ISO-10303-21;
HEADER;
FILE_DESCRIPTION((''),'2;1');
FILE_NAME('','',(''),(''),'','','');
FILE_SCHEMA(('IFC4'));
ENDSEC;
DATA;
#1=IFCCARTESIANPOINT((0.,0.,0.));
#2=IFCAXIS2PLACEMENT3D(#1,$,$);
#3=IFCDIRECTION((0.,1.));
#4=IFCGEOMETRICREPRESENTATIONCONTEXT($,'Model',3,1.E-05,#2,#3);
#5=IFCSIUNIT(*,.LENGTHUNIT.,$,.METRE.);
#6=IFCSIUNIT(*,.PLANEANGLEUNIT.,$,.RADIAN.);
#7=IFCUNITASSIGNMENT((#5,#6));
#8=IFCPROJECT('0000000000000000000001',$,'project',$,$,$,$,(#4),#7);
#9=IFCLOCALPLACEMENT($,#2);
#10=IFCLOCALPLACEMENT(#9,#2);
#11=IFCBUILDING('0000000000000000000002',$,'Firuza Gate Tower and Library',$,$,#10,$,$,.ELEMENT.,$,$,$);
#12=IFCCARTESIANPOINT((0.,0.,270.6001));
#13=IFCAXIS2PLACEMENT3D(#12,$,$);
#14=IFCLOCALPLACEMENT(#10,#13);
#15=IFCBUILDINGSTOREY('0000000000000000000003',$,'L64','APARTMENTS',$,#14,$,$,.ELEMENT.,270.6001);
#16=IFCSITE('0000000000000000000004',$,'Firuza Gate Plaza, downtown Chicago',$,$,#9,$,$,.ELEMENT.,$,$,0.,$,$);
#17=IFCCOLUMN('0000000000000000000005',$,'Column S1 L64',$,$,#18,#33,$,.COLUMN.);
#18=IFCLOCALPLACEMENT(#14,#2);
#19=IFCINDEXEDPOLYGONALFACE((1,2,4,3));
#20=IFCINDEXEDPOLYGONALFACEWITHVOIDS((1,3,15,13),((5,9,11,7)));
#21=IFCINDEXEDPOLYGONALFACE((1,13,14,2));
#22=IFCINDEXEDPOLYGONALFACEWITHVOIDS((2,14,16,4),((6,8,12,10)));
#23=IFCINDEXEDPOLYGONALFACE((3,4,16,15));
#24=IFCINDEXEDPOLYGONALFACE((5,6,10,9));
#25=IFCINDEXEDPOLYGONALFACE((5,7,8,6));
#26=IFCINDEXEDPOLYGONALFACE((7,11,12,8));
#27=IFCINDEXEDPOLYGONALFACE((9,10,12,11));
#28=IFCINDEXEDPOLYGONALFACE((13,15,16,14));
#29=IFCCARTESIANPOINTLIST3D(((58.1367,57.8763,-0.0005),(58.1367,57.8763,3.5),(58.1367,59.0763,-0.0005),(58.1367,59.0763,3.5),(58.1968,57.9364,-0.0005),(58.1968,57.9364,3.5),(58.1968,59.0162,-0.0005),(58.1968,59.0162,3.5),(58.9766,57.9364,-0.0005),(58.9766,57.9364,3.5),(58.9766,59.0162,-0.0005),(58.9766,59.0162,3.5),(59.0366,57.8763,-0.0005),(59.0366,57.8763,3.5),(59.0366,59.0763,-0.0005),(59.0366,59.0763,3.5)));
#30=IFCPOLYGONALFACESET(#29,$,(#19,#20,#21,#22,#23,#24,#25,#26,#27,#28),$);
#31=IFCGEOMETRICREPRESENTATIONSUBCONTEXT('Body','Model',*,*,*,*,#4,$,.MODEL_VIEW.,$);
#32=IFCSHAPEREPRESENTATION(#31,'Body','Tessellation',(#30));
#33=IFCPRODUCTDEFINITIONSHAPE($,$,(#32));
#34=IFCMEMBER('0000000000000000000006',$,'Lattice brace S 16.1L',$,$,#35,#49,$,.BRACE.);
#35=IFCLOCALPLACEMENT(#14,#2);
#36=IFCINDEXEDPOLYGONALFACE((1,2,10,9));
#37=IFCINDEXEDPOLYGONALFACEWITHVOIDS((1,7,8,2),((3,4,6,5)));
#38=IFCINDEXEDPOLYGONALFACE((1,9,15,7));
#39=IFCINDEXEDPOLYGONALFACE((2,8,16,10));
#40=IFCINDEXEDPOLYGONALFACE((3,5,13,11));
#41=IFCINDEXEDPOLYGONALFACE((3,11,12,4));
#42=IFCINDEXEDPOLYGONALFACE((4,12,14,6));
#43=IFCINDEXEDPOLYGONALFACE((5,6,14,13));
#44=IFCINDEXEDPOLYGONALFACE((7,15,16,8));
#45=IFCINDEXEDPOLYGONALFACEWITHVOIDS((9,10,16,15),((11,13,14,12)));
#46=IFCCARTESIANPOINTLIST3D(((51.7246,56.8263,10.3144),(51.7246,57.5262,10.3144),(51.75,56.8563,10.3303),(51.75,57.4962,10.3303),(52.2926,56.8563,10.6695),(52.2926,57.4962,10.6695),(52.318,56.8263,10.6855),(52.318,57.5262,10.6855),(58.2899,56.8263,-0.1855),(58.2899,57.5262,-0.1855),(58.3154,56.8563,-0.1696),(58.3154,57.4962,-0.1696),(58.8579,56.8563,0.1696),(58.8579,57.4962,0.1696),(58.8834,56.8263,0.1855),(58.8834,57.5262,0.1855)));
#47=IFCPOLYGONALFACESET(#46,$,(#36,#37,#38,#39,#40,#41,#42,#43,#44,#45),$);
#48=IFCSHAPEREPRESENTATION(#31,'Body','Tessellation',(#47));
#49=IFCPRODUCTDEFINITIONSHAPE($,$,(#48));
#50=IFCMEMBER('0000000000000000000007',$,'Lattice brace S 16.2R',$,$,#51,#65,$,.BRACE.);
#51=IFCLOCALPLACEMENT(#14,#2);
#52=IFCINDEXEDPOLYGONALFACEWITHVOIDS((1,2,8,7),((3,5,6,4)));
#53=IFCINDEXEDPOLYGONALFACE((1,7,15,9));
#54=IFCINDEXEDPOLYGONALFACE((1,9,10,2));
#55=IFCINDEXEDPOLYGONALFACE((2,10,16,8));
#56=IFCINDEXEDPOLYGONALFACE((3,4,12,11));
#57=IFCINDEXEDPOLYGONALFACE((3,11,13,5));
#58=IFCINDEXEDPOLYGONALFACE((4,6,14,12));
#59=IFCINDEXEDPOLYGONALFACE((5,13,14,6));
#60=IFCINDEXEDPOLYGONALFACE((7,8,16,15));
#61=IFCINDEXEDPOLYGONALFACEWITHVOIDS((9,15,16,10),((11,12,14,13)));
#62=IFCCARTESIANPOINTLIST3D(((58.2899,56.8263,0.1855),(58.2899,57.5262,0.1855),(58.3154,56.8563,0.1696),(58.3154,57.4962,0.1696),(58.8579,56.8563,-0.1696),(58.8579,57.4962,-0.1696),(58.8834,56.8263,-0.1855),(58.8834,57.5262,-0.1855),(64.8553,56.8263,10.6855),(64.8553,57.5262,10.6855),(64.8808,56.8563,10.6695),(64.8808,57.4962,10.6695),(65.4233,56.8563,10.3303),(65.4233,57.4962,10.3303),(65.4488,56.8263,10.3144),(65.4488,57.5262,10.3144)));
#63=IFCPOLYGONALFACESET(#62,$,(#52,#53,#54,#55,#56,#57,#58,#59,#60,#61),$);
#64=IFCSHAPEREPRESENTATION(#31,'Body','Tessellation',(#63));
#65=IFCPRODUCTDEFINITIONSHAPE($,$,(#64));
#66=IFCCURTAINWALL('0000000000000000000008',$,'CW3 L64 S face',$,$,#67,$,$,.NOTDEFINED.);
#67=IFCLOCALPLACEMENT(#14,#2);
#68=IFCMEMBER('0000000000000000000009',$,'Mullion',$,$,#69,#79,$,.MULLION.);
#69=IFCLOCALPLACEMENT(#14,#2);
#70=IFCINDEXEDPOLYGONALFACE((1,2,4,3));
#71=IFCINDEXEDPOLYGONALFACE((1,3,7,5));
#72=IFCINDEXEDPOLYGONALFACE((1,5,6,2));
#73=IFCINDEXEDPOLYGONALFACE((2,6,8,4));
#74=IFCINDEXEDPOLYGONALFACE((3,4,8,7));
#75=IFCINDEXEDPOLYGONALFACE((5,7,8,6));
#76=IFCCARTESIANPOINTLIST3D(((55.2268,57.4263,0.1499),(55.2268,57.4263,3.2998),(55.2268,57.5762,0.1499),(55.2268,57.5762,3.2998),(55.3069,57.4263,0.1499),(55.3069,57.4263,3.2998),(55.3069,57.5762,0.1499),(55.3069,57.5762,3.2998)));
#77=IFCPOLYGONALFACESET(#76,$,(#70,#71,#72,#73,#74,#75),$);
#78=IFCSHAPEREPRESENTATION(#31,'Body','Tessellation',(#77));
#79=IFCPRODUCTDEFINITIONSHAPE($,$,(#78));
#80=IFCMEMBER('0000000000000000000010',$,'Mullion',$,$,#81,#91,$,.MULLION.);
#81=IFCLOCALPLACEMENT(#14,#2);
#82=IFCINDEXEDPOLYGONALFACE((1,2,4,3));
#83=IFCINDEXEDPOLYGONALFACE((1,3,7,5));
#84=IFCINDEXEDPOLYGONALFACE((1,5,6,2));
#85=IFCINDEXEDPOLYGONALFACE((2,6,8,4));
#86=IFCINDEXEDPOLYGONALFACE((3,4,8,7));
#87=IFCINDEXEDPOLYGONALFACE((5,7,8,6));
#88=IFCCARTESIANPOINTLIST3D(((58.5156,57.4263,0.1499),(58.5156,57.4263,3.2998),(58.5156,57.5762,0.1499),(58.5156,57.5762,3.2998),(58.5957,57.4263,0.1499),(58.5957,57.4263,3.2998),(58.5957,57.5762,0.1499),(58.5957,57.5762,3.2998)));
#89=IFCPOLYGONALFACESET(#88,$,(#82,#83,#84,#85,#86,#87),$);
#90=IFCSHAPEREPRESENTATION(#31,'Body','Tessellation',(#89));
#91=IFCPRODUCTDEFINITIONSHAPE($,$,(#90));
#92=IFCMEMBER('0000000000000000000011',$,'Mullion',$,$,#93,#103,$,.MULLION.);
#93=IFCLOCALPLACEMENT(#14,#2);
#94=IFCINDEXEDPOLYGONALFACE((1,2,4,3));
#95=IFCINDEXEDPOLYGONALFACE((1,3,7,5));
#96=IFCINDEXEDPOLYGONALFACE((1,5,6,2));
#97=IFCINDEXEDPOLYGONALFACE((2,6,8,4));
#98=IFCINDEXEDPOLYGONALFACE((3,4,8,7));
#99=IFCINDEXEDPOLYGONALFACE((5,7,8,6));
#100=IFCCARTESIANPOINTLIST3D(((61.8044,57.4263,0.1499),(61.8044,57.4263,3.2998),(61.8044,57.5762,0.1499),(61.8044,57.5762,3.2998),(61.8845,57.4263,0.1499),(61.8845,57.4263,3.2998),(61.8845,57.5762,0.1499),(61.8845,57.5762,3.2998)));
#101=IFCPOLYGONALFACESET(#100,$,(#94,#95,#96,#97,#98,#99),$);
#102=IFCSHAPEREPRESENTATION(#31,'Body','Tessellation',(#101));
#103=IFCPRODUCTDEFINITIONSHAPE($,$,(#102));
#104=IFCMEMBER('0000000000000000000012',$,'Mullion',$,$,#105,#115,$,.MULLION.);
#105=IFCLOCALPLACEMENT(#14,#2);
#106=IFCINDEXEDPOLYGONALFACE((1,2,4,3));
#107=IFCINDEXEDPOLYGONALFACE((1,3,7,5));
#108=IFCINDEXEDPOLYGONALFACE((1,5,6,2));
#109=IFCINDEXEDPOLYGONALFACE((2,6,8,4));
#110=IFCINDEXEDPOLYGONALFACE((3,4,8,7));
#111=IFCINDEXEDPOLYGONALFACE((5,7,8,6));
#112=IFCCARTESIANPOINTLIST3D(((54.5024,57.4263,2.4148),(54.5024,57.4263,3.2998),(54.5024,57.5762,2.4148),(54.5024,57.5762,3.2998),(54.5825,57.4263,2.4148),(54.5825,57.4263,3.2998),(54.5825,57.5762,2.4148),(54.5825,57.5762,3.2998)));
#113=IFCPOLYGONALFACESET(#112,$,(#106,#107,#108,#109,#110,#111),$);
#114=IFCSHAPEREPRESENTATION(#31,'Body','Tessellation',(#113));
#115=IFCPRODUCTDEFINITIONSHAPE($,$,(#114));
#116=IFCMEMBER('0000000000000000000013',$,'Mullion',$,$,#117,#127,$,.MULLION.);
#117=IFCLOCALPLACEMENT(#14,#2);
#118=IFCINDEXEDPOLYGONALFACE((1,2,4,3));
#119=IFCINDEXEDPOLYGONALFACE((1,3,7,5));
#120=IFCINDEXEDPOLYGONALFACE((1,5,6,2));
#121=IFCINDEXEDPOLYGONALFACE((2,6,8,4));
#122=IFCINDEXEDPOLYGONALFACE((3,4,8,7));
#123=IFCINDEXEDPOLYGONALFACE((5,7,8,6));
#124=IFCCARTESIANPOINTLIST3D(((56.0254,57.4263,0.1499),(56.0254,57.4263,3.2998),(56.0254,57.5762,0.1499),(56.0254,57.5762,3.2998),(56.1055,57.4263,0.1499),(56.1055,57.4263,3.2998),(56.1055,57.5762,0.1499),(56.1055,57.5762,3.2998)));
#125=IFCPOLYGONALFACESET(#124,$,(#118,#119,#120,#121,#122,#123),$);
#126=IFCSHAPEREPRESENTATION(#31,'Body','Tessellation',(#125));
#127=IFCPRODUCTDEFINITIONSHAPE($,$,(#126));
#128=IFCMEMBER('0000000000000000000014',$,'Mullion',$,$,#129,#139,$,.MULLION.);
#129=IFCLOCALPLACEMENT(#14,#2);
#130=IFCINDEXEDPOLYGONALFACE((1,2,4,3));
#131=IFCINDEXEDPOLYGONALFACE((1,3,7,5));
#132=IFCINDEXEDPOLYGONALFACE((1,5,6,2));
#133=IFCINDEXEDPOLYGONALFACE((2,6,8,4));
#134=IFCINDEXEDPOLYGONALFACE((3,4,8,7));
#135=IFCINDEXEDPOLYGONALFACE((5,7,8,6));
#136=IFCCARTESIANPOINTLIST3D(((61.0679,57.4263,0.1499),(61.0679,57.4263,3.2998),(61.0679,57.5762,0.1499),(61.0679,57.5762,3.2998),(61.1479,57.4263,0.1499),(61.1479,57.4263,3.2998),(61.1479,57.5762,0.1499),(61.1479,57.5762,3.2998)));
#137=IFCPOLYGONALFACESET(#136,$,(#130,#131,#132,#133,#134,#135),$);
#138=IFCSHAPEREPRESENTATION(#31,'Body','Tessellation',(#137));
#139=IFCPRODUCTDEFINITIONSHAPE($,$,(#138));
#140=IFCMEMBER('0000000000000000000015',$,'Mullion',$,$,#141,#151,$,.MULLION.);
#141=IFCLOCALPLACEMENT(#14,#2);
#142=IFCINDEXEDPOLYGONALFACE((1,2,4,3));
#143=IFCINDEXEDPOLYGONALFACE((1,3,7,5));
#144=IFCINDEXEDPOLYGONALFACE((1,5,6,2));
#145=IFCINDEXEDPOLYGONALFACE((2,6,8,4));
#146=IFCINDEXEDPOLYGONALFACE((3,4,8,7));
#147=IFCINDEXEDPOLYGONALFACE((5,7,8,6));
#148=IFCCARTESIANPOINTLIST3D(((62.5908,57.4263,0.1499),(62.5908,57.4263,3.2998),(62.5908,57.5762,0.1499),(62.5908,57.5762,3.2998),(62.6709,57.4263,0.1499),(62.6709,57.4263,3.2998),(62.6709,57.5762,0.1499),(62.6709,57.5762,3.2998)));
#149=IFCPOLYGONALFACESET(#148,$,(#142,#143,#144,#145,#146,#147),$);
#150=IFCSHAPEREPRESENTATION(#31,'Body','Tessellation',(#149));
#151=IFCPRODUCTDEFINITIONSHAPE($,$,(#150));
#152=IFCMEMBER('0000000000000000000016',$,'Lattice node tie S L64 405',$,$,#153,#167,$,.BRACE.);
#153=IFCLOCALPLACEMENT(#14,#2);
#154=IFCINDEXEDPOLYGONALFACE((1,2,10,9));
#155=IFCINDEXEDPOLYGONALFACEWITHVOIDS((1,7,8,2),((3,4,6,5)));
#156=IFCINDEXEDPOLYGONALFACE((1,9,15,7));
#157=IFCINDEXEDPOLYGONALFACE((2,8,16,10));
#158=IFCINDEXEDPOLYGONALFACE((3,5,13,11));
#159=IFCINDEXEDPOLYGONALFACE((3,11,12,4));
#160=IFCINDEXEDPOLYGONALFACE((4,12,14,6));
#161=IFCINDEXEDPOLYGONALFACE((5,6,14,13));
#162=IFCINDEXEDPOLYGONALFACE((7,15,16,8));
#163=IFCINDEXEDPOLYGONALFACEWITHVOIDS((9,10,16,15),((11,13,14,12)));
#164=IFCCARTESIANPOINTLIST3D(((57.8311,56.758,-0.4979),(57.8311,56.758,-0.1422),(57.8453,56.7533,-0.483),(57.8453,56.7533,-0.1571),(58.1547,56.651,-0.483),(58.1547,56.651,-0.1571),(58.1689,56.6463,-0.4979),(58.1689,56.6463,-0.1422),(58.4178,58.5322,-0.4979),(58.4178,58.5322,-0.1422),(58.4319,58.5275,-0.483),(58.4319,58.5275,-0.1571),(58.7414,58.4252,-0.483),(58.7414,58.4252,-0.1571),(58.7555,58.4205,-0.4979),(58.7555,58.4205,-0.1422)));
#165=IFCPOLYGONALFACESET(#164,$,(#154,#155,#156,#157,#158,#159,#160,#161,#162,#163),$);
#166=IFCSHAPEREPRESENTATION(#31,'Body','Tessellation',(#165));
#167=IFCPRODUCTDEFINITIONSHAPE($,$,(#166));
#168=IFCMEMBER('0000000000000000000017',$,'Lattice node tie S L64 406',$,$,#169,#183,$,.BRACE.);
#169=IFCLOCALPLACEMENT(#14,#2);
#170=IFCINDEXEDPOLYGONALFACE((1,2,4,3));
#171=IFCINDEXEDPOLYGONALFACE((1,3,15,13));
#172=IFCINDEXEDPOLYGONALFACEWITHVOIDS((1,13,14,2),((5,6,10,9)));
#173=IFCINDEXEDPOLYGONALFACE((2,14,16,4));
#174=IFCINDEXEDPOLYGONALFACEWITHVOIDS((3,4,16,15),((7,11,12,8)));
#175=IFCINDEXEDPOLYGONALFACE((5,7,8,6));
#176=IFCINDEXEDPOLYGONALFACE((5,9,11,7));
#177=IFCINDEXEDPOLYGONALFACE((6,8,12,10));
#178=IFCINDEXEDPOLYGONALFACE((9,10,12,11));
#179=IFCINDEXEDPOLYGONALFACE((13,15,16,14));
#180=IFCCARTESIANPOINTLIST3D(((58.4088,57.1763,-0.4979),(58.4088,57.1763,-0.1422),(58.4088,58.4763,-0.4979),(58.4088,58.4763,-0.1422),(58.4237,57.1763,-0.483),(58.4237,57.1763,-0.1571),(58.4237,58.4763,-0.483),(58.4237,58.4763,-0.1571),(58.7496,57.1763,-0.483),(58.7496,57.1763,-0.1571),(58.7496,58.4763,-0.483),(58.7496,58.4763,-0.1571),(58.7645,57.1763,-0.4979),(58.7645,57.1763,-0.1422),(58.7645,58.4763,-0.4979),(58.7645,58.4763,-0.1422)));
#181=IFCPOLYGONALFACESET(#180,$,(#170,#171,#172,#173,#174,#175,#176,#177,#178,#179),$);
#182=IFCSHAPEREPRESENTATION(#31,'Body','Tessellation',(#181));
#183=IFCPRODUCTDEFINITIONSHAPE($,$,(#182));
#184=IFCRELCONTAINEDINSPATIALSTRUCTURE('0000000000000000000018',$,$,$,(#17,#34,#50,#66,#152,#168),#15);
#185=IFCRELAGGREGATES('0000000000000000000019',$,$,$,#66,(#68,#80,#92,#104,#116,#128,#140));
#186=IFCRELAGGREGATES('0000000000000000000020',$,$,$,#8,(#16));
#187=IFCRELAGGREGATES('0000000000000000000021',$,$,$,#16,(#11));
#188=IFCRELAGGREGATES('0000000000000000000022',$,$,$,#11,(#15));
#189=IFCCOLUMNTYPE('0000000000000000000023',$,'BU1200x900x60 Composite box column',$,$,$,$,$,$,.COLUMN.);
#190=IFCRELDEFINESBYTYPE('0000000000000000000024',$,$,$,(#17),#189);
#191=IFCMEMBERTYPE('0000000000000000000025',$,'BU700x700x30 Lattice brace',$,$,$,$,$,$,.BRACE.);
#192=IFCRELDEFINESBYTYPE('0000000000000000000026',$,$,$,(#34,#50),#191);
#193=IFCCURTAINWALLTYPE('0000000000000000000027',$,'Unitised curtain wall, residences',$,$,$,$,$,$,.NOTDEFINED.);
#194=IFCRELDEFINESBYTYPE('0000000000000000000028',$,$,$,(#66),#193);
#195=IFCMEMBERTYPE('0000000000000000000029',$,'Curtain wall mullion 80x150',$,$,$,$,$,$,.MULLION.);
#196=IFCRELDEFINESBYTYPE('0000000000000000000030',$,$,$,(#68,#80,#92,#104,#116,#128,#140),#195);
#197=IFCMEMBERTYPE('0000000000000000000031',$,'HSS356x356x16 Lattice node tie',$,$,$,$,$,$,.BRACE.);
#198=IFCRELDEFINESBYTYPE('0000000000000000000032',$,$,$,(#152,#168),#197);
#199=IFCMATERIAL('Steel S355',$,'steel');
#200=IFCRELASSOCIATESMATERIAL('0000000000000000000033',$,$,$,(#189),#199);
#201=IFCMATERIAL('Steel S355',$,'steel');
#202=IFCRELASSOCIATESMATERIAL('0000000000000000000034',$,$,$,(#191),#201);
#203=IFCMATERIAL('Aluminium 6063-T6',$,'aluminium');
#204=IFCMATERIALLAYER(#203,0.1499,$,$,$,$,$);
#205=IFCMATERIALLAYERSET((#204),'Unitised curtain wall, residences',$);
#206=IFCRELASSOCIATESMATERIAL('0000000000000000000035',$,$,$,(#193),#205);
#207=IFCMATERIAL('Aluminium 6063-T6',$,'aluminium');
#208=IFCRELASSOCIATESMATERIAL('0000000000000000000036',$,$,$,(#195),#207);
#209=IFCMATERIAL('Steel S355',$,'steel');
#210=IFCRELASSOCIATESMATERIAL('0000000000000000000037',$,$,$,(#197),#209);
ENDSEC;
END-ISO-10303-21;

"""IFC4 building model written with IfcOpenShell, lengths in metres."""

from ifc_helpers import new_model, si_unit, direction, frame, origin, origin_2d, place, context, subcontext, project, spatial, rectangle, hollow_rectangle, extrude, material, layer, layer_set, material_profile, profile_set, type_object, element, aggregate, save


model = new_model("IFC4")

# Units and contexts
model_context = context("Model", 3, precision=1e-05, world=origin(), true_north=direction((0.0, 1.0)))
body_context = subcontext(model_context, "Body", "Model", "MODEL_VIEW")
ifc_project = project(units=[si_unit("LENGTHUNIT", "METRE"), si_unit("PLANEANGLEUNIT", "RADIAN")], contexts=[model_context])

# Site, building, storey
site_placement = place(None, origin())
site = spatial("IfcSite", under=ifc_project, at=site_placement, Name="Firuza Gate Plaza, downtown Chicago", CompositionType="ELEMENT", RefElevation=0.0)
building_placement = place(site_placement, origin())
building = spatial("IfcBuilding", under=site, at=building_placement, Name="Firuza Gate Tower and Library", CompositionType="ELEMENT")
storey_placement = place(building_placement, frame((0.0, 0.0, 270.6001)))
storey = spatial("IfcBuildingStorey", under=building, at=storey_placement, Name="L64", Description="APARTMENTS", CompositionType="ELEMENT", Elevation=270.6001)

# Column
ifc_material_1 = material(Name="Steel S355", Category="steel")
ifc_material_profile_1 = material_profile(ifc_material_1, hollow_rectangle(XDim=0.8999, YDim=1.2, WallThickness=0.0601, at=origin_2d()))
ifc_profile_set_1 = profile_set([ifc_material_profile_1], Name="Steel S355")
column_type = type_object("IfcColumnType", Name="BU1200x900x60 Composite box column", PredefinedType="COLUMN", material=ifc_profile_set_1)
column_placement = place(storey_placement, frame((58.5867, 58.4763, -0.0005), z_axis=(0.0, 0.0, 1.0), x_axis=(1.0, 0.0, 0.0)))
element("IfcColumn", 1, at=column_placement, inside=storey, type_object=column_type, Name="Column S1 L64", PredefinedType="COLUMN", context=body_context, shape_type="SweptSolid", body=[
    extrude(hollow_rectangle(XDim=0.8999, YDim=1.2, WallThickness=0.0601, at=origin_2d()), origin(), (0.0, 0.0, 1.0), 3.5005),
])

# Members
ifc_material_2 = material(Name="Steel S355", Category="steel")
ifc_material_profile_2 = material_profile(ifc_material_2, hollow_rectangle(XDim=0.7, YDim=0.7, WallThickness=0.03, at=origin_2d()))
ifc_profile_set_2 = profile_set([ifc_material_profile_2], Name="Steel S355")
member_type_1 = type_object("IfcMemberType", Name="BU700x700x30 Lattice brace", PredefinedType="BRACE", material=ifc_profile_set_2)
for number, where, z_axis, x_axis, name in (
    (2, (58.5867, 57.1763, 0.0), (-0.530169, 0.0, 0.847892), (0.0, -1.0, 0.0), "Lattice brace S 16.1L"),
    (3, (58.5867, 57.1763, 0.0), (0.530169, 0.0, 0.847892), (0.0, 1.0, 0.0), "Lattice brace S 16.2R"),
):
    element("IfcMember", number, at=place(storey_placement, frame(where, z_axis=z_axis, x_axis=x_axis)), inside=storey, type_object=member_type_1, Name=name, PredefinedType="BRACE", context=body_context, shape_type="SweptSolid", body=[
        extrude(hollow_rectangle(XDim=0.7, YDim=0.7, WallThickness=0.03, at=origin_2d()), origin(), (0.0, 0.0, 1.0), 12.3835),
    ])

# Curtain wall, members
ifc_material_3 = material(Name="Aluminium 6063-T6", Category="aluminium")
ifc_layer_1 = layer(ifc_material_3, 0.1499)
ifc_layer_set_1 = layer_set([ifc_layer_1], Name="Unitised curtain wall, residences")
curtain_wall_type = type_object("IfcCurtainWallType", Name="Unitised curtain wall, residences", PredefinedType="NOTDEFINED", material=ifc_layer_set_1)
curtain_wall_placement = place(storey_placement, origin())
curtain_wall = element("IfcCurtainWall", 4, at=curtain_wall_placement, inside=storey, type_object=curtain_wall_type, Name="CW3 L64 S face", PredefinedType="NOTDEFINED")
ifc_material_4 = material(Name="Aluminium 6063-T6", Category="aluminium")
ifc_material_profile_3 = material_profile(ifc_material_4, rectangle(XDim=0.1499, YDim=0.0801, at=origin_2d()))
ifc_profile_set_3 = profile_set([ifc_material_profile_3], Name="Aluminium 6063-T6")
member_type_2 = type_object("IfcMemberType", Name="Curtain wall mullion 80x150", PredefinedType="MULLION", material=ifc_profile_set_3)
member_1_placement = place(storey_placement, frame((55.2668, 57.5012, 0.1499), z_axis=(0.0, 0.0, 1.0), x_axis=(0.0, 1.0, 0.0)))
member_1 = element("IfcMember", 5, at=member_1_placement, type_object=member_type_2, Name="Mullion", PredefinedType="MULLION", context=body_context, shape_type="SweptSolid", body=[
    extrude(rectangle(XDim=0.1499, YDim=0.0801, at=origin_2d()), origin(), (0.0, 0.0, 1.0), 3.1499),
])
member_2_placement = place(storey_placement, frame((58.5557, 57.5012, 0.1499), z_axis=(0.0, 0.0, 1.0), x_axis=(0.0, 1.0, 0.0)))
member_2 = element("IfcMember", 6, at=member_2_placement, type_object=member_type_2, Name="Mullion", PredefinedType="MULLION", context=body_context, shape_type="SweptSolid", body=[
    extrude(rectangle(XDim=0.1499, YDim=0.0801, at=origin_2d()), origin(), (0.0, 0.0, 1.0), 3.1499),
])
member_3_placement = place(storey_placement, frame((61.8445, 57.5012, 0.1499), z_axis=(0.0, 0.0, 1.0), x_axis=(0.0, 1.0, 0.0)))
member_3 = element("IfcMember", 7, at=member_3_placement, type_object=member_type_2, Name="Mullion", PredefinedType="MULLION", context=body_context, shape_type="SweptSolid", body=[
    extrude(rectangle(XDim=0.1499, YDim=0.0801, at=origin_2d()), origin(), (0.0, 0.0, 1.0), 3.1499),
])
member_4_placement = place(storey_placement, frame((54.5425, 57.5012, 2.4148), z_axis=(0.0, 0.0, 1.0), x_axis=(0.0, 1.0, 0.0)))
member_4 = element("IfcMember", 8, at=member_4_placement, type_object=member_type_2, Name="Mullion", PredefinedType="MULLION", context=body_context, shape_type="SweptSolid", body=[
    extrude(rectangle(XDim=0.1499, YDim=0.0801, at=origin_2d()), origin(), (0.0, 0.0, 1.0), 0.885),
])
member_5_placement = place(storey_placement, frame((56.0654, 57.5012, 0.1499), z_axis=(0.0, 0.0, 1.0), x_axis=(0.0, 1.0, 0.0)))
member_5 = element("IfcMember", 9, at=member_5_placement, type_object=member_type_2, Name="Mullion", PredefinedType="MULLION", context=body_context, shape_type="SweptSolid", body=[
    extrude(rectangle(XDim=0.1499, YDim=0.0801, at=origin_2d()), origin(), (0.0, 0.0, 1.0), 3.1499),
])
member_6_placement = place(storey_placement, frame((61.1079, 57.5012, 0.1499), z_axis=(0.0, 0.0, 1.0), x_axis=(0.0, 1.0, 0.0)))
member_6 = element("IfcMember", 10, at=member_6_placement, type_object=member_type_2, Name="Mullion", PredefinedType="MULLION", context=body_context, shape_type="SweptSolid", body=[
    extrude(rectangle(XDim=0.1499, YDim=0.0801, at=origin_2d()), origin(), (0.0, 0.0, 1.0), 3.1499),
])
member_7_placement = place(storey_placement, frame((62.6309, 57.5012, 0.1499), z_axis=(0.0, 0.0, 1.0), x_axis=(0.0, 1.0, 0.0)))
member_7 = element("IfcMember", 11, at=member_7_placement, type_object=member_type_2, Name="Mullion", PredefinedType="MULLION", context=body_context, shape_type="SweptSolid", body=[
    extrude(rectangle(XDim=0.1499, YDim=0.0801, at=origin_2d()), origin(), (0.0, 0.0, 1.0), 3.1499),
])

# Members
ifc_material_5 = material(Name="Steel S355", Category="steel")
ifc_material_profile_4 = material_profile(ifc_material_5, hollow_rectangle(XDim=0.3557, YDim=0.3557, WallThickness=0.0149, at=origin_2d()))
ifc_profile_set_4 = profile_set([ifc_material_profile_4], Name="Steel S355")
member_type_3 = type_object("IfcMemberType", Name="HSS356x356x16 Lattice node tie", PredefinedType="BRACE", material=ifc_profile_set_4)
member_8_placement = place(storey_placement, frame((58.5867, 58.4763, -0.3201), z_axis=(-0.313954, -0.949438, 0.0), x_axis=(0.949438, -0.313954, 0.0)))
element("IfcMember", 12, at=member_8_placement, inside=storey, type_object=member_type_3, Name="Lattice node tie S L64 405", PredefinedType="BRACE", context=body_context, shape_type="SweptSolid", body=[
    extrude(hollow_rectangle(XDim=0.3557, YDim=0.3557, WallThickness=0.0149, at=origin_2d()), origin(), (0.0, 0.0, 1.0), 1.8687),
])
member_9_placement = place(storey_placement, frame((58.5867, 58.4763, -0.3201), z_axis=(0.0, -1.0, 0.0), x_axis=(1.0, 0.0, 0.0)))
element("IfcMember", 13, at=member_9_placement, inside=storey, type_object=member_type_3, Name="Lattice node tie S L64 406", PredefinedType="BRACE", context=body_context, shape_type="SweptSolid", body=[
    extrude(hollow_rectangle(XDim=0.3557, YDim=0.3557, WallThickness=0.0149, at=origin_2d()), origin(), (0.0, 0.0, 1.0), 1.3),
])

aggregate(curtain_wall, [member_1, member_2, member_3, member_4, member_5, member_6, member_7])

save(model, "model.ifc")
